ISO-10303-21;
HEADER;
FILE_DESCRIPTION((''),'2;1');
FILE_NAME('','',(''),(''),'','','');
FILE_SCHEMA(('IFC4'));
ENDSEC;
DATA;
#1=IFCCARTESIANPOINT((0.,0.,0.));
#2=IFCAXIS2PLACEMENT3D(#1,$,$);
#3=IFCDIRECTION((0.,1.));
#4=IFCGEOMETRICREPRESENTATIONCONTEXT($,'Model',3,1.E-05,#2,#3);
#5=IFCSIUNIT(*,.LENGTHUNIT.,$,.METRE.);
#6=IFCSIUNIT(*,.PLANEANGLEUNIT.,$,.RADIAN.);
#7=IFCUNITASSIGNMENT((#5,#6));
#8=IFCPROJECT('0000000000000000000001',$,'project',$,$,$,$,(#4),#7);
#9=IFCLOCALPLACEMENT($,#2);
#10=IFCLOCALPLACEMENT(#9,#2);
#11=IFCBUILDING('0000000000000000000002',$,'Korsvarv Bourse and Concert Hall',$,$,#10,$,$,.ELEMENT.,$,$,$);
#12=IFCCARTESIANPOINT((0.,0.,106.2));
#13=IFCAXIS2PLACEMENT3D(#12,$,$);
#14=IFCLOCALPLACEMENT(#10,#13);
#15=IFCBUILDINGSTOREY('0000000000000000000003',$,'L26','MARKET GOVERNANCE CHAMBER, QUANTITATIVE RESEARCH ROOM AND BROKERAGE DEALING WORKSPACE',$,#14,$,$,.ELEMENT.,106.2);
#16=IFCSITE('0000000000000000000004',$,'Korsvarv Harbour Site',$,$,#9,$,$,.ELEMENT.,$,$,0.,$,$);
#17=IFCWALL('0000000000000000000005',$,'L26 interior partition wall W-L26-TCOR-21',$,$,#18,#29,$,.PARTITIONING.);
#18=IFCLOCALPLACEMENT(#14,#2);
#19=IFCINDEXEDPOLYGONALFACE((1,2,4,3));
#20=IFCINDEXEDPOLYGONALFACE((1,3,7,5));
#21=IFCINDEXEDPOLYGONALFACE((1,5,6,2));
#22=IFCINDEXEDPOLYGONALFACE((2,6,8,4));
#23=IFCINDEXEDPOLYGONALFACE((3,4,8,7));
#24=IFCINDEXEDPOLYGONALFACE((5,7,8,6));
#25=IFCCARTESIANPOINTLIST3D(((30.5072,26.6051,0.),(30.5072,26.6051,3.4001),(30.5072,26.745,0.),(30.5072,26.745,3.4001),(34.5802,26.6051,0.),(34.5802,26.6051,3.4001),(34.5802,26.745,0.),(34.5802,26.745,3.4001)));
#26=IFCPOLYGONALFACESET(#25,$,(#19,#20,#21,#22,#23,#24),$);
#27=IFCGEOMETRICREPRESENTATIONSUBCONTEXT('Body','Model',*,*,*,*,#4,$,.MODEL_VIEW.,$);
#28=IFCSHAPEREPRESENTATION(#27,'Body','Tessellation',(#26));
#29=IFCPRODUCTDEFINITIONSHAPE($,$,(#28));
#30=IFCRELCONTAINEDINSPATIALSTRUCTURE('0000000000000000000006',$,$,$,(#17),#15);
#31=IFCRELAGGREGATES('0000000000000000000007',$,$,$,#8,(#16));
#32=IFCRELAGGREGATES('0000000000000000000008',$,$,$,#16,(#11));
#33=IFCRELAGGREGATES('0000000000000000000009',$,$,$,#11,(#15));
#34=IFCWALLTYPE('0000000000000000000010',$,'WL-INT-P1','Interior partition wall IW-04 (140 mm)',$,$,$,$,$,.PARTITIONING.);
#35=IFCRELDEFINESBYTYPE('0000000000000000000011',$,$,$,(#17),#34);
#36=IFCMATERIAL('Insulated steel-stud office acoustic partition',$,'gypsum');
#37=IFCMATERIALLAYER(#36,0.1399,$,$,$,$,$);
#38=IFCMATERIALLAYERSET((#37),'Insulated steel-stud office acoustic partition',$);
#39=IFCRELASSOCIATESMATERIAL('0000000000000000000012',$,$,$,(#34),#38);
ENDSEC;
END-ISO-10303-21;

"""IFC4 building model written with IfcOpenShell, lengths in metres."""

from ifc_helpers import new_model, si_unit, direction, frame, frame_2d, origin, place, context, subcontext, project, spatial, rectangle, extrude, material, layer, layer_set, type_object, element, save


model = new_model("IFC4")

# Units and contexts
model_context = context("Model", 3, precision=1e-05, world=origin(), true_north=direction((0.0, 1.0)))
body_context = subcontext(model_context, "Body", "Model", "MODEL_VIEW")
ifc_project = project(units=[si_unit("LENGTHUNIT", "METRE"), si_unit("PLANEANGLEUNIT", "RADIAN")], contexts=[model_context])

# Site, building, storey
site_placement = place(None, origin())
site = spatial("IfcSite", under=ifc_project, at=site_placement, Name="Korsvarv Harbour Site", CompositionType="ELEMENT", RefElevation=0.0)
building_placement = place(site_placement, origin())
building = spatial("IfcBuilding", under=site, at=building_placement, Name="Korsvarv Bourse and Concert Hall", CompositionType="ELEMENT")
storey_placement = place(building_placement, frame((0.0, 0.0, 106.2)))
storey = spatial("IfcBuildingStorey", under=building, at=storey_placement, Name="L26", Description="MARKET GOVERNANCE CHAMBER, QUANTITATIVE RESEARCH ROOM AND BROKERAGE DEALING WORKSPACE", CompositionType="ELEMENT", Elevation=106.2)

# Wall
ifc_material_1 = material(Name="Insulated steel-stud office acoustic partition", Category="gypsum")
ifc_layer_1 = layer(ifc_material_1, 0.1399)
ifc_layer_set_1 = layer_set([ifc_layer_1], Name="Insulated steel-stud office acoustic partition")
wall_type_1 = type_object("IfcWallType", Name="WL-INT-P1", Description="Interior partition wall IW-04 (140 mm)", PredefinedType="PARTITIONING", material=ifc_layer_set_1)
wall_1_placement = place(storey_placement, frame((30.5071, 26.675, 0.0), z_axis=(0.0, 0.0, 1.0), x_axis=(1.0, 0.0, 0.0)))
element("IfcWall", 1, at=wall_1_placement, inside=storey, type_object=wall_type_1, Name="L26 interior partition wall W-L26-TCOR-21", PredefinedType="PARTITIONING", context=body_context, shape_type="SweptSolid", body=[
    extrude(rectangle(XDim=4.073, YDim=0.1399, at=frame_2d((2.0366, 0.0))), origin(), (0.0, 0.0, 1.0), 3.4001),
])

save(model, "model.ifc")
